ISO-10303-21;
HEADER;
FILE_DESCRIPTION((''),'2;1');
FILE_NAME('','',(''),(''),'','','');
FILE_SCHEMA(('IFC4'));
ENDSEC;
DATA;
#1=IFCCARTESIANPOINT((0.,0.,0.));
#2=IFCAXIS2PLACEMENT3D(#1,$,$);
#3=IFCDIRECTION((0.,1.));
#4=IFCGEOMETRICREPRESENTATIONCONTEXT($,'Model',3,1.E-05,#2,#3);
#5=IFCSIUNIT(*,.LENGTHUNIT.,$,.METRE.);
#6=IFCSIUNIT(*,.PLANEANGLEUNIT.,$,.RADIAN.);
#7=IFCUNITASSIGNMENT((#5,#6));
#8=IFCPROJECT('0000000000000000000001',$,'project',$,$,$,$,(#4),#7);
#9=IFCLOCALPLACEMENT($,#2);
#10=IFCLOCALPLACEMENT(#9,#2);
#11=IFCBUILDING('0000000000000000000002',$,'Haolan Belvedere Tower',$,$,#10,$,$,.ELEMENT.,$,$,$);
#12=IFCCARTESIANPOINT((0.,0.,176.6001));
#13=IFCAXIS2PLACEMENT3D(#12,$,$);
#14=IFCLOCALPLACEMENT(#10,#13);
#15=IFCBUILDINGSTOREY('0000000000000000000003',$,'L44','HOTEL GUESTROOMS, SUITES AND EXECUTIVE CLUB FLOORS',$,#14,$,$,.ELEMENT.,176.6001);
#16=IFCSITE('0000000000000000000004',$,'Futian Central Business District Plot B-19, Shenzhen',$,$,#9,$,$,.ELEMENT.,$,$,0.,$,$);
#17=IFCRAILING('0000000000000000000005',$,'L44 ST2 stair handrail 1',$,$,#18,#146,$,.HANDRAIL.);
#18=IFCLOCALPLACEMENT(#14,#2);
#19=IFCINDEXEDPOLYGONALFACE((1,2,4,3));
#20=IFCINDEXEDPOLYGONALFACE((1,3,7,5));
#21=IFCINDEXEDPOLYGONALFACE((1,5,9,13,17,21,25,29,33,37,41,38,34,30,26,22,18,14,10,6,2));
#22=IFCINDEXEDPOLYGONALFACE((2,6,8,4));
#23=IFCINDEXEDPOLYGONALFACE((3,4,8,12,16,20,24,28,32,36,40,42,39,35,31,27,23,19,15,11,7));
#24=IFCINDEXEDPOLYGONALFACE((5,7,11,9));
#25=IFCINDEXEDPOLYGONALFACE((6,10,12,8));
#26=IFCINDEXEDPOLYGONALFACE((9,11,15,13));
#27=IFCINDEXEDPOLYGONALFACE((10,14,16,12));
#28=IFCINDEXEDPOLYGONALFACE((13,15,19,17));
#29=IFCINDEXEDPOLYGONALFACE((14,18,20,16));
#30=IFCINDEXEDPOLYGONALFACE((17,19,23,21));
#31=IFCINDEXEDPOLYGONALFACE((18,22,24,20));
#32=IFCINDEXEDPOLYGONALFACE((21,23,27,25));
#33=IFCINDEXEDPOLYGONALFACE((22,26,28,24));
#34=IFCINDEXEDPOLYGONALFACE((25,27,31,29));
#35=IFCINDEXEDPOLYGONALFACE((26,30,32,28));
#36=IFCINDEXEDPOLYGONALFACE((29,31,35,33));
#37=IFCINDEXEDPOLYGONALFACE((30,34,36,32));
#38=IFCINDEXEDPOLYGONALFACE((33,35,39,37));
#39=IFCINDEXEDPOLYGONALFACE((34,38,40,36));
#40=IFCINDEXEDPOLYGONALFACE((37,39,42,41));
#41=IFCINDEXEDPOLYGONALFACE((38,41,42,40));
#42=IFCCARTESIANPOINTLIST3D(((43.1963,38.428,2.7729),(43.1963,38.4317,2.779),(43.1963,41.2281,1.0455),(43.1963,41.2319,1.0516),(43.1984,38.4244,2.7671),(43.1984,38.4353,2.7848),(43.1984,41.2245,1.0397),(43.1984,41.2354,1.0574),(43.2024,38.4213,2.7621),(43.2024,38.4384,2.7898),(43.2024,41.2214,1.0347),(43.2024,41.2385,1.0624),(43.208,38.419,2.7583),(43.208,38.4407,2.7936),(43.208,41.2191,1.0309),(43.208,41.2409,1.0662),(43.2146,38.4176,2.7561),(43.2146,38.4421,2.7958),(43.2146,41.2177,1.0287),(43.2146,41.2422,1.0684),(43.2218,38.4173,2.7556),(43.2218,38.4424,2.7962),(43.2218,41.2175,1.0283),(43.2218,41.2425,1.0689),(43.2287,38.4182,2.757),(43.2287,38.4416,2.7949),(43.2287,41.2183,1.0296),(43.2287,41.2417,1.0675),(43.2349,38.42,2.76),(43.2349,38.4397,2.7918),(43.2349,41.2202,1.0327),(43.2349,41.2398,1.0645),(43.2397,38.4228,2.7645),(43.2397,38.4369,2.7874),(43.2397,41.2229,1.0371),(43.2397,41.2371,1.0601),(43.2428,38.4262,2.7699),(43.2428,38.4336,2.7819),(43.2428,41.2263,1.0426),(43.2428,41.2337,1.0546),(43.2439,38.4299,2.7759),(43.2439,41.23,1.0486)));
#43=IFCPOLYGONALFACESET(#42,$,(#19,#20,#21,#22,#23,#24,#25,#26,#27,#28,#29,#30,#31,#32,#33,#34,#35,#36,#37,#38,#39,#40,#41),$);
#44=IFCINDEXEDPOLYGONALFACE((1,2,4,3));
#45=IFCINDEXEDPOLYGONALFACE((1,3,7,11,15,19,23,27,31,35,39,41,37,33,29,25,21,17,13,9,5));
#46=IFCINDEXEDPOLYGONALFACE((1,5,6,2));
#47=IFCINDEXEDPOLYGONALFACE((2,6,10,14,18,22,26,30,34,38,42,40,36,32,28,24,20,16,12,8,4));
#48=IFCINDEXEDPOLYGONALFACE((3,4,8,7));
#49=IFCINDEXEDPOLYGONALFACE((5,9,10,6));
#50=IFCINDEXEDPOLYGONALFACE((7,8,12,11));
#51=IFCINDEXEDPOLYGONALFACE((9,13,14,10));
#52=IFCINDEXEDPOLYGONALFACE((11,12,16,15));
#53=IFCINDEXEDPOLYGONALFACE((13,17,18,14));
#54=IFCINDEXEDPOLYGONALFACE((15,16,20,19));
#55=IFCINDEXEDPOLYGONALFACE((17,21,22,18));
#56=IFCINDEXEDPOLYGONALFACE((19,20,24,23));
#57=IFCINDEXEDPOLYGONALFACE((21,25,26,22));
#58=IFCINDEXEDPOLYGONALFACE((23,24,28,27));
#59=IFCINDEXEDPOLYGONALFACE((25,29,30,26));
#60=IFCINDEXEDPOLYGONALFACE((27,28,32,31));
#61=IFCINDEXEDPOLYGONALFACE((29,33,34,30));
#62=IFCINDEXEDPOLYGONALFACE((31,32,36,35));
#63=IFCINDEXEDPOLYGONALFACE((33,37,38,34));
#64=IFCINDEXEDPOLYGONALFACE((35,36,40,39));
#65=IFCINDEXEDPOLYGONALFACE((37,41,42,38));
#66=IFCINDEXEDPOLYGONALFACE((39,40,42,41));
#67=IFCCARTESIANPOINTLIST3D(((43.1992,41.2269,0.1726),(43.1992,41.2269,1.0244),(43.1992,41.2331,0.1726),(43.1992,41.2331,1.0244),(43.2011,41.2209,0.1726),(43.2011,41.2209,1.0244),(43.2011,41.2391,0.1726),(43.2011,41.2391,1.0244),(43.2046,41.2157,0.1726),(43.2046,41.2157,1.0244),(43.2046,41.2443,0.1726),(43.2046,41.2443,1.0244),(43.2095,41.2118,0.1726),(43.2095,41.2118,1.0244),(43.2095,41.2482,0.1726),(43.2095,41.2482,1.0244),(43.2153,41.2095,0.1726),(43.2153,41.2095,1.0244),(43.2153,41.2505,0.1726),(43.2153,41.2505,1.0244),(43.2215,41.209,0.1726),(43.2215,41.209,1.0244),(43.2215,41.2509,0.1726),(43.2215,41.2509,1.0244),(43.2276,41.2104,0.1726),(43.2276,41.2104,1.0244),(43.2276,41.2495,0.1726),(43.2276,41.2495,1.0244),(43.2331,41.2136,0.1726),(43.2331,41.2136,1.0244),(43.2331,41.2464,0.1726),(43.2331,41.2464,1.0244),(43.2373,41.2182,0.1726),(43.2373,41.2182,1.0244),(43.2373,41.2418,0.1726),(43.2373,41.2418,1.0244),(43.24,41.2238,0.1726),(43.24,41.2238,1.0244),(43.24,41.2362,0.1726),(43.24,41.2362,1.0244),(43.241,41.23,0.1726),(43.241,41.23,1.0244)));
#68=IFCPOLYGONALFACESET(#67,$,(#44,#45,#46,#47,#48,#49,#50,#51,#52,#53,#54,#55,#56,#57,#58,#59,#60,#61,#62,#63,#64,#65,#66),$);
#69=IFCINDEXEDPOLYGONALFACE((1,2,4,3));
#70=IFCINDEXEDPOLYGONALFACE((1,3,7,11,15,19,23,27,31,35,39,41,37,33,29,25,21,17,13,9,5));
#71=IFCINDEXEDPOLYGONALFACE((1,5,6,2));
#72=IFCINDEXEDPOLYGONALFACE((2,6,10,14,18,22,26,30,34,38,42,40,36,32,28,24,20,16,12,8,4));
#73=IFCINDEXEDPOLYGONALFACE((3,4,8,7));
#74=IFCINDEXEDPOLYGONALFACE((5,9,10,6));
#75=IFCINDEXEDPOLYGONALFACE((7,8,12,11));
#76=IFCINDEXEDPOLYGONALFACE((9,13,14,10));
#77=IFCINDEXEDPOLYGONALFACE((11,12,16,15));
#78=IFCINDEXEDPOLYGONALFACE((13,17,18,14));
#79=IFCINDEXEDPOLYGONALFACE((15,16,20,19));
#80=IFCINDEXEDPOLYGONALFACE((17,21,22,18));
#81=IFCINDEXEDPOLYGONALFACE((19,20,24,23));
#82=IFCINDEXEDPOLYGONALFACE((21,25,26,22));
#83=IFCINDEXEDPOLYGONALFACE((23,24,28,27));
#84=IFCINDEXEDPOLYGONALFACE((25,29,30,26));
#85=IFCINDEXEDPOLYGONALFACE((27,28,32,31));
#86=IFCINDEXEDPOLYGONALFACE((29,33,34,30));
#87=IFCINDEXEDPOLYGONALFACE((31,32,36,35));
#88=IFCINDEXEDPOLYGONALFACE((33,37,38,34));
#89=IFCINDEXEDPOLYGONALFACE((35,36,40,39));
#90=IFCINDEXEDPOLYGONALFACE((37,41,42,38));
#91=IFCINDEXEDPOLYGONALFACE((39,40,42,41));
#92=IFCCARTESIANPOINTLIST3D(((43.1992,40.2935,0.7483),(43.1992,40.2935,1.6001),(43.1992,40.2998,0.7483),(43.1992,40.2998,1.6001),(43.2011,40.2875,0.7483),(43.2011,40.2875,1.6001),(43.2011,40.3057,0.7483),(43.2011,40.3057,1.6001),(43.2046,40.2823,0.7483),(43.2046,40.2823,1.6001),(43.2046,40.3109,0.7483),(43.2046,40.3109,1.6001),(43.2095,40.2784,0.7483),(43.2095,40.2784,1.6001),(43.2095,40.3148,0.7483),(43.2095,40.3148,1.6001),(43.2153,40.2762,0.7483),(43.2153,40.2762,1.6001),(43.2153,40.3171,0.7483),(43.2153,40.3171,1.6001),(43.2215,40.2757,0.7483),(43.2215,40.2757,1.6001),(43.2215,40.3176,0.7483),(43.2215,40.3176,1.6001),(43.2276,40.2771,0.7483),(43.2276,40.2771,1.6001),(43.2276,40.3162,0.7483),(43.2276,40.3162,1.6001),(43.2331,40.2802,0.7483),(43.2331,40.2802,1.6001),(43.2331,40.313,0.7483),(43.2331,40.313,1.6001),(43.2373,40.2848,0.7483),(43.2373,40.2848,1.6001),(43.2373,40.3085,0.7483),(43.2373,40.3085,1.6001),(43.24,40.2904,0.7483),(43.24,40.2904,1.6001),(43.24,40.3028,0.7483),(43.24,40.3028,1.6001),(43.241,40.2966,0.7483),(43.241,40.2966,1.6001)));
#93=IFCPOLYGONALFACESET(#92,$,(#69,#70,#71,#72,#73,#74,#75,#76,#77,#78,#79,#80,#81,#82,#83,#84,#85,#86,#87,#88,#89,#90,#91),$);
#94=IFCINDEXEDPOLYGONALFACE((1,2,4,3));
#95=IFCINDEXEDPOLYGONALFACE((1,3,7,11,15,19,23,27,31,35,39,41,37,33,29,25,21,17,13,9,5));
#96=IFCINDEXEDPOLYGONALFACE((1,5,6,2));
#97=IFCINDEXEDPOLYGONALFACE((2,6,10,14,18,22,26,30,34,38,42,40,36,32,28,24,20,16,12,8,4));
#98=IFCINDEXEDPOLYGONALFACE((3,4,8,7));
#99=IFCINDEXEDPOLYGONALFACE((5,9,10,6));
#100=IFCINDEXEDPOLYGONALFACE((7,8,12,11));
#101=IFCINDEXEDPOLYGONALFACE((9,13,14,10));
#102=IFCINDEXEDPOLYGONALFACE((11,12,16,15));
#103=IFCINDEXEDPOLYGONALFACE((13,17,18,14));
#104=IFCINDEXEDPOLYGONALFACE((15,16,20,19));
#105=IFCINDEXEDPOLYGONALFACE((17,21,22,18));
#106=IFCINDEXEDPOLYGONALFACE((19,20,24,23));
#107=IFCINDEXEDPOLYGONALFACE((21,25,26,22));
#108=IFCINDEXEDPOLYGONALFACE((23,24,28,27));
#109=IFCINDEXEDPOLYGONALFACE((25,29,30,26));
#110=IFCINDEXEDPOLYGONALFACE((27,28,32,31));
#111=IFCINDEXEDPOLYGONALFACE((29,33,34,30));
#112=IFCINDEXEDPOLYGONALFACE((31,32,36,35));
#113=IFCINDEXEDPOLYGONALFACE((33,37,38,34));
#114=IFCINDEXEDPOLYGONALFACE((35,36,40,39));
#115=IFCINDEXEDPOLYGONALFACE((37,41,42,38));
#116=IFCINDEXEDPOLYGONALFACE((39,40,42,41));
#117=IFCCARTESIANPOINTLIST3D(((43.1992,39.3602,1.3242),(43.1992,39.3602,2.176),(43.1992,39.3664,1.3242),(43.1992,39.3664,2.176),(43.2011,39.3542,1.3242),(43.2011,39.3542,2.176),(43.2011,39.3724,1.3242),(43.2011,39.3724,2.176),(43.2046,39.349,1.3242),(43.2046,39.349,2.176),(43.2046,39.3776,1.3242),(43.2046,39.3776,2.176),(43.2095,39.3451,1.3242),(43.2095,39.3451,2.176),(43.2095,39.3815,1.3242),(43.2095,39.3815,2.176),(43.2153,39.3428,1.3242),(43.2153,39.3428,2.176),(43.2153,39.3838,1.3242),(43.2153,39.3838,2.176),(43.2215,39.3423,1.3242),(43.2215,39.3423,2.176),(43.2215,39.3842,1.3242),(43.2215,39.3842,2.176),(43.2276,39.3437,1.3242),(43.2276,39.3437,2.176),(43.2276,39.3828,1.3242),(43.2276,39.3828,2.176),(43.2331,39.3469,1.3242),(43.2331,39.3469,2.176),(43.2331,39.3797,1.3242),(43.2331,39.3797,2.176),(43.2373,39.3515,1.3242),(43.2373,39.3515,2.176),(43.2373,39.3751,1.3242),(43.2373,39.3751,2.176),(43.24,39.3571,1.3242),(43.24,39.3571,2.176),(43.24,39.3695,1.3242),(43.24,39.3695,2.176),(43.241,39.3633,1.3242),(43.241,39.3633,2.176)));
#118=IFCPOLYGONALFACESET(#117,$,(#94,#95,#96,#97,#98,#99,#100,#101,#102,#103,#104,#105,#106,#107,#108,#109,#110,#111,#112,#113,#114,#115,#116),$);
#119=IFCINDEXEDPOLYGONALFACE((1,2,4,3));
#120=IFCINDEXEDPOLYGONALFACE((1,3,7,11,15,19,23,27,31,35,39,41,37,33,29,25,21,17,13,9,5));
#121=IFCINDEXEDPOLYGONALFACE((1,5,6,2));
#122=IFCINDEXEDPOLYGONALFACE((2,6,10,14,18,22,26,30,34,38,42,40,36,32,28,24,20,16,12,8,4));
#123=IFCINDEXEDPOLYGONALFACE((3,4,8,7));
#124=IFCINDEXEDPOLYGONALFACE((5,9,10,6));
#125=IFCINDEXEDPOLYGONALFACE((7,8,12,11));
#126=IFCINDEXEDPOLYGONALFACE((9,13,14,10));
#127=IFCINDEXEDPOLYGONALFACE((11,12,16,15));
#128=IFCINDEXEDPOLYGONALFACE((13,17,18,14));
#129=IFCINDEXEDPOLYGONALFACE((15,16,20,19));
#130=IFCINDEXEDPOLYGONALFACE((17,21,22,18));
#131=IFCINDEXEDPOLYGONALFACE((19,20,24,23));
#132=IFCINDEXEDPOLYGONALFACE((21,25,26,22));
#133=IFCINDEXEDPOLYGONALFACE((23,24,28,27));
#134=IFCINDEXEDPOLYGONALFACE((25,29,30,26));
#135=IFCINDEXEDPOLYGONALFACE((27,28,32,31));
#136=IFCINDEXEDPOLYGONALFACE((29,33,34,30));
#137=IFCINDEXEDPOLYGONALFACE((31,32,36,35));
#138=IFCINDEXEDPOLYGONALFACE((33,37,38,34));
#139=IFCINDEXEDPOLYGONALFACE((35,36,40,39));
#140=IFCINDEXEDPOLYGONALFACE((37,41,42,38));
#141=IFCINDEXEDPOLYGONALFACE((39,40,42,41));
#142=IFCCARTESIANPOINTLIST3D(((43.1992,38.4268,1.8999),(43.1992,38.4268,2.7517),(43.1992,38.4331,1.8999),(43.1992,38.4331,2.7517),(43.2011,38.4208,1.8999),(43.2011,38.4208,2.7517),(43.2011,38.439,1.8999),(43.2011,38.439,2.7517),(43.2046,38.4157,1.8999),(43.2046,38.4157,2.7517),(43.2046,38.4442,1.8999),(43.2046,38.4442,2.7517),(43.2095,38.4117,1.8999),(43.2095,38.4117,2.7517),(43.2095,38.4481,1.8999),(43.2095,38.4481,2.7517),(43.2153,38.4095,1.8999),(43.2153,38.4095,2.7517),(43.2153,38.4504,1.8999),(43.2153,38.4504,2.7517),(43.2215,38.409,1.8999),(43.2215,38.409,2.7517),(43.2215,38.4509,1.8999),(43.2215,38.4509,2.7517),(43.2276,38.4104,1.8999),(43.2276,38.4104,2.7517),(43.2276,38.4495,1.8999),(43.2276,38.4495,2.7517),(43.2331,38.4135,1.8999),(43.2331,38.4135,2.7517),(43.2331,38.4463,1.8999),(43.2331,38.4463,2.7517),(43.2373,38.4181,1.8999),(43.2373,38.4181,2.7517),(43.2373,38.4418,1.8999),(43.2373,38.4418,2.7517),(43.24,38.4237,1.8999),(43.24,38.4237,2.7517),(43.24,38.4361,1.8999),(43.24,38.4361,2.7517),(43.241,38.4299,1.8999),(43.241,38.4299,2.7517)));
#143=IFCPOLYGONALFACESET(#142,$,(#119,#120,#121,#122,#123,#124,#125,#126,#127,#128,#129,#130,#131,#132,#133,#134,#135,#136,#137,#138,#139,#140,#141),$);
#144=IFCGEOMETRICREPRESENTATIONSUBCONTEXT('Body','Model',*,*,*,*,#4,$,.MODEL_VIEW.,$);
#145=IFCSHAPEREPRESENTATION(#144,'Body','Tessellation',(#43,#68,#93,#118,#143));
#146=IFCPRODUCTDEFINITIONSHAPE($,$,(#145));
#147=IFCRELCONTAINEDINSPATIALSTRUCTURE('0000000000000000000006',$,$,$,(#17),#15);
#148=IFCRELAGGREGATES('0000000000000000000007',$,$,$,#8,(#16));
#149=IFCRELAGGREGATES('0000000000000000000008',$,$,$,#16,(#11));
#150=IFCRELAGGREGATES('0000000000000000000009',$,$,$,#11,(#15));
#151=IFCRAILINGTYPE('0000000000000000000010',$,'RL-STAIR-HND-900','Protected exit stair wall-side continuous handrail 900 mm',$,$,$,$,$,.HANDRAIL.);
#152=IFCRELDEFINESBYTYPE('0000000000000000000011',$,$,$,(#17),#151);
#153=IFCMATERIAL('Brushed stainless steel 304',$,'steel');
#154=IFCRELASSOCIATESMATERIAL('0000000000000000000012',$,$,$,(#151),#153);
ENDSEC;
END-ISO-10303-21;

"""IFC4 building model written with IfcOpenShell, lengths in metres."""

from ifc_helpers import new_model, si_unit, direction, frame, origin, origin_2d, place, context, subcontext, project, spatial, circle, extrude, material, type_object, element, save


model = new_model("IFC4")

# Units and contexts
model_context = context("Model", 3, precision=1e-05, world=origin(), true_north=direction((0.0, 1.0)))
body_context = subcontext(model_context, "Body", "Model", "MODEL_VIEW")
ifc_project = project(units=[si_unit("LENGTHUNIT", "METRE"), si_unit("PLANEANGLEUNIT", "RADIAN")], contexts=[model_context])

# Site, building, storey
site_placement = place(None, origin())
site = spatial("IfcSite", under=ifc_project, at=site_placement, Name="Futian Central Business District Plot B-19, Shenzhen", CompositionType="ELEMENT", RefElevation=0.0)
building_placement = place(site_placement, origin())
building = spatial("IfcBuilding", under=site, at=building_placement, Name="Haolan Belvedere Tower", CompositionType="ELEMENT")
storey_placement = place(building_placement, frame((0.0, 0.0, 176.6001)))
storey = spatial("IfcBuildingStorey", under=building, at=storey_placement, Name="L44", Description="HOTEL GUESTROOMS, SUITES AND EXECUTIVE CLUB FLOORS", CompositionType="ELEMENT", Elevation=176.6001)

# Railing
ifc_material_1 = material(Name="Brushed stainless steel 304", Category="steel")
railing_type_1 = type_object("IfcRailingType", Name="RL-STAIR-HND-900", Description="Protected exit stair wall-side continuous handrail 900 mm", PredefinedType="HANDRAIL", material=ifc_material_1)
railing_1_placement = place(storey_placement, frame((43.22, 41.23, 0.1726)))
element("IfcRailing", 1, at=railing_1_placement, inside=storey, type_object=railing_type_1, Name="L44 ST2 stair handrail 1", PredefinedType="HANDRAIL", context=body_context, shape_type="SweptSolid", body=[
    extrude(circle(Radius=0.0239, at=origin_2d()), frame((0.0, 0.0, 0.876), z_axis=(0.0, -0.85109, 0.52502), x_axis=(1.0, 0.0, 0.0)), (0.0, 0.0, 1.0), 3.29),
    extrude(circle(Radius=0.021, at=origin_2d()), origin(), (0.0, 0.0, 1.0), 0.8518),
    extrude(circle(Radius=0.021, at=origin_2d()), frame((0.0, -0.9333, 0.5757)), (0.0, 0.0, 1.0), 0.8518),
    extrude(circle(Radius=0.021, at=origin_2d()), frame((0.0, -1.8667, 1.1516)), (0.0, 0.0, 1.0), 0.8518),
    extrude(circle(Radius=0.021, at=origin_2d()), frame((0.0, -2.8, 1.7273)), (0.0, 0.0, 1.0), 0.8518),
])

save(model, "model.ifc")
